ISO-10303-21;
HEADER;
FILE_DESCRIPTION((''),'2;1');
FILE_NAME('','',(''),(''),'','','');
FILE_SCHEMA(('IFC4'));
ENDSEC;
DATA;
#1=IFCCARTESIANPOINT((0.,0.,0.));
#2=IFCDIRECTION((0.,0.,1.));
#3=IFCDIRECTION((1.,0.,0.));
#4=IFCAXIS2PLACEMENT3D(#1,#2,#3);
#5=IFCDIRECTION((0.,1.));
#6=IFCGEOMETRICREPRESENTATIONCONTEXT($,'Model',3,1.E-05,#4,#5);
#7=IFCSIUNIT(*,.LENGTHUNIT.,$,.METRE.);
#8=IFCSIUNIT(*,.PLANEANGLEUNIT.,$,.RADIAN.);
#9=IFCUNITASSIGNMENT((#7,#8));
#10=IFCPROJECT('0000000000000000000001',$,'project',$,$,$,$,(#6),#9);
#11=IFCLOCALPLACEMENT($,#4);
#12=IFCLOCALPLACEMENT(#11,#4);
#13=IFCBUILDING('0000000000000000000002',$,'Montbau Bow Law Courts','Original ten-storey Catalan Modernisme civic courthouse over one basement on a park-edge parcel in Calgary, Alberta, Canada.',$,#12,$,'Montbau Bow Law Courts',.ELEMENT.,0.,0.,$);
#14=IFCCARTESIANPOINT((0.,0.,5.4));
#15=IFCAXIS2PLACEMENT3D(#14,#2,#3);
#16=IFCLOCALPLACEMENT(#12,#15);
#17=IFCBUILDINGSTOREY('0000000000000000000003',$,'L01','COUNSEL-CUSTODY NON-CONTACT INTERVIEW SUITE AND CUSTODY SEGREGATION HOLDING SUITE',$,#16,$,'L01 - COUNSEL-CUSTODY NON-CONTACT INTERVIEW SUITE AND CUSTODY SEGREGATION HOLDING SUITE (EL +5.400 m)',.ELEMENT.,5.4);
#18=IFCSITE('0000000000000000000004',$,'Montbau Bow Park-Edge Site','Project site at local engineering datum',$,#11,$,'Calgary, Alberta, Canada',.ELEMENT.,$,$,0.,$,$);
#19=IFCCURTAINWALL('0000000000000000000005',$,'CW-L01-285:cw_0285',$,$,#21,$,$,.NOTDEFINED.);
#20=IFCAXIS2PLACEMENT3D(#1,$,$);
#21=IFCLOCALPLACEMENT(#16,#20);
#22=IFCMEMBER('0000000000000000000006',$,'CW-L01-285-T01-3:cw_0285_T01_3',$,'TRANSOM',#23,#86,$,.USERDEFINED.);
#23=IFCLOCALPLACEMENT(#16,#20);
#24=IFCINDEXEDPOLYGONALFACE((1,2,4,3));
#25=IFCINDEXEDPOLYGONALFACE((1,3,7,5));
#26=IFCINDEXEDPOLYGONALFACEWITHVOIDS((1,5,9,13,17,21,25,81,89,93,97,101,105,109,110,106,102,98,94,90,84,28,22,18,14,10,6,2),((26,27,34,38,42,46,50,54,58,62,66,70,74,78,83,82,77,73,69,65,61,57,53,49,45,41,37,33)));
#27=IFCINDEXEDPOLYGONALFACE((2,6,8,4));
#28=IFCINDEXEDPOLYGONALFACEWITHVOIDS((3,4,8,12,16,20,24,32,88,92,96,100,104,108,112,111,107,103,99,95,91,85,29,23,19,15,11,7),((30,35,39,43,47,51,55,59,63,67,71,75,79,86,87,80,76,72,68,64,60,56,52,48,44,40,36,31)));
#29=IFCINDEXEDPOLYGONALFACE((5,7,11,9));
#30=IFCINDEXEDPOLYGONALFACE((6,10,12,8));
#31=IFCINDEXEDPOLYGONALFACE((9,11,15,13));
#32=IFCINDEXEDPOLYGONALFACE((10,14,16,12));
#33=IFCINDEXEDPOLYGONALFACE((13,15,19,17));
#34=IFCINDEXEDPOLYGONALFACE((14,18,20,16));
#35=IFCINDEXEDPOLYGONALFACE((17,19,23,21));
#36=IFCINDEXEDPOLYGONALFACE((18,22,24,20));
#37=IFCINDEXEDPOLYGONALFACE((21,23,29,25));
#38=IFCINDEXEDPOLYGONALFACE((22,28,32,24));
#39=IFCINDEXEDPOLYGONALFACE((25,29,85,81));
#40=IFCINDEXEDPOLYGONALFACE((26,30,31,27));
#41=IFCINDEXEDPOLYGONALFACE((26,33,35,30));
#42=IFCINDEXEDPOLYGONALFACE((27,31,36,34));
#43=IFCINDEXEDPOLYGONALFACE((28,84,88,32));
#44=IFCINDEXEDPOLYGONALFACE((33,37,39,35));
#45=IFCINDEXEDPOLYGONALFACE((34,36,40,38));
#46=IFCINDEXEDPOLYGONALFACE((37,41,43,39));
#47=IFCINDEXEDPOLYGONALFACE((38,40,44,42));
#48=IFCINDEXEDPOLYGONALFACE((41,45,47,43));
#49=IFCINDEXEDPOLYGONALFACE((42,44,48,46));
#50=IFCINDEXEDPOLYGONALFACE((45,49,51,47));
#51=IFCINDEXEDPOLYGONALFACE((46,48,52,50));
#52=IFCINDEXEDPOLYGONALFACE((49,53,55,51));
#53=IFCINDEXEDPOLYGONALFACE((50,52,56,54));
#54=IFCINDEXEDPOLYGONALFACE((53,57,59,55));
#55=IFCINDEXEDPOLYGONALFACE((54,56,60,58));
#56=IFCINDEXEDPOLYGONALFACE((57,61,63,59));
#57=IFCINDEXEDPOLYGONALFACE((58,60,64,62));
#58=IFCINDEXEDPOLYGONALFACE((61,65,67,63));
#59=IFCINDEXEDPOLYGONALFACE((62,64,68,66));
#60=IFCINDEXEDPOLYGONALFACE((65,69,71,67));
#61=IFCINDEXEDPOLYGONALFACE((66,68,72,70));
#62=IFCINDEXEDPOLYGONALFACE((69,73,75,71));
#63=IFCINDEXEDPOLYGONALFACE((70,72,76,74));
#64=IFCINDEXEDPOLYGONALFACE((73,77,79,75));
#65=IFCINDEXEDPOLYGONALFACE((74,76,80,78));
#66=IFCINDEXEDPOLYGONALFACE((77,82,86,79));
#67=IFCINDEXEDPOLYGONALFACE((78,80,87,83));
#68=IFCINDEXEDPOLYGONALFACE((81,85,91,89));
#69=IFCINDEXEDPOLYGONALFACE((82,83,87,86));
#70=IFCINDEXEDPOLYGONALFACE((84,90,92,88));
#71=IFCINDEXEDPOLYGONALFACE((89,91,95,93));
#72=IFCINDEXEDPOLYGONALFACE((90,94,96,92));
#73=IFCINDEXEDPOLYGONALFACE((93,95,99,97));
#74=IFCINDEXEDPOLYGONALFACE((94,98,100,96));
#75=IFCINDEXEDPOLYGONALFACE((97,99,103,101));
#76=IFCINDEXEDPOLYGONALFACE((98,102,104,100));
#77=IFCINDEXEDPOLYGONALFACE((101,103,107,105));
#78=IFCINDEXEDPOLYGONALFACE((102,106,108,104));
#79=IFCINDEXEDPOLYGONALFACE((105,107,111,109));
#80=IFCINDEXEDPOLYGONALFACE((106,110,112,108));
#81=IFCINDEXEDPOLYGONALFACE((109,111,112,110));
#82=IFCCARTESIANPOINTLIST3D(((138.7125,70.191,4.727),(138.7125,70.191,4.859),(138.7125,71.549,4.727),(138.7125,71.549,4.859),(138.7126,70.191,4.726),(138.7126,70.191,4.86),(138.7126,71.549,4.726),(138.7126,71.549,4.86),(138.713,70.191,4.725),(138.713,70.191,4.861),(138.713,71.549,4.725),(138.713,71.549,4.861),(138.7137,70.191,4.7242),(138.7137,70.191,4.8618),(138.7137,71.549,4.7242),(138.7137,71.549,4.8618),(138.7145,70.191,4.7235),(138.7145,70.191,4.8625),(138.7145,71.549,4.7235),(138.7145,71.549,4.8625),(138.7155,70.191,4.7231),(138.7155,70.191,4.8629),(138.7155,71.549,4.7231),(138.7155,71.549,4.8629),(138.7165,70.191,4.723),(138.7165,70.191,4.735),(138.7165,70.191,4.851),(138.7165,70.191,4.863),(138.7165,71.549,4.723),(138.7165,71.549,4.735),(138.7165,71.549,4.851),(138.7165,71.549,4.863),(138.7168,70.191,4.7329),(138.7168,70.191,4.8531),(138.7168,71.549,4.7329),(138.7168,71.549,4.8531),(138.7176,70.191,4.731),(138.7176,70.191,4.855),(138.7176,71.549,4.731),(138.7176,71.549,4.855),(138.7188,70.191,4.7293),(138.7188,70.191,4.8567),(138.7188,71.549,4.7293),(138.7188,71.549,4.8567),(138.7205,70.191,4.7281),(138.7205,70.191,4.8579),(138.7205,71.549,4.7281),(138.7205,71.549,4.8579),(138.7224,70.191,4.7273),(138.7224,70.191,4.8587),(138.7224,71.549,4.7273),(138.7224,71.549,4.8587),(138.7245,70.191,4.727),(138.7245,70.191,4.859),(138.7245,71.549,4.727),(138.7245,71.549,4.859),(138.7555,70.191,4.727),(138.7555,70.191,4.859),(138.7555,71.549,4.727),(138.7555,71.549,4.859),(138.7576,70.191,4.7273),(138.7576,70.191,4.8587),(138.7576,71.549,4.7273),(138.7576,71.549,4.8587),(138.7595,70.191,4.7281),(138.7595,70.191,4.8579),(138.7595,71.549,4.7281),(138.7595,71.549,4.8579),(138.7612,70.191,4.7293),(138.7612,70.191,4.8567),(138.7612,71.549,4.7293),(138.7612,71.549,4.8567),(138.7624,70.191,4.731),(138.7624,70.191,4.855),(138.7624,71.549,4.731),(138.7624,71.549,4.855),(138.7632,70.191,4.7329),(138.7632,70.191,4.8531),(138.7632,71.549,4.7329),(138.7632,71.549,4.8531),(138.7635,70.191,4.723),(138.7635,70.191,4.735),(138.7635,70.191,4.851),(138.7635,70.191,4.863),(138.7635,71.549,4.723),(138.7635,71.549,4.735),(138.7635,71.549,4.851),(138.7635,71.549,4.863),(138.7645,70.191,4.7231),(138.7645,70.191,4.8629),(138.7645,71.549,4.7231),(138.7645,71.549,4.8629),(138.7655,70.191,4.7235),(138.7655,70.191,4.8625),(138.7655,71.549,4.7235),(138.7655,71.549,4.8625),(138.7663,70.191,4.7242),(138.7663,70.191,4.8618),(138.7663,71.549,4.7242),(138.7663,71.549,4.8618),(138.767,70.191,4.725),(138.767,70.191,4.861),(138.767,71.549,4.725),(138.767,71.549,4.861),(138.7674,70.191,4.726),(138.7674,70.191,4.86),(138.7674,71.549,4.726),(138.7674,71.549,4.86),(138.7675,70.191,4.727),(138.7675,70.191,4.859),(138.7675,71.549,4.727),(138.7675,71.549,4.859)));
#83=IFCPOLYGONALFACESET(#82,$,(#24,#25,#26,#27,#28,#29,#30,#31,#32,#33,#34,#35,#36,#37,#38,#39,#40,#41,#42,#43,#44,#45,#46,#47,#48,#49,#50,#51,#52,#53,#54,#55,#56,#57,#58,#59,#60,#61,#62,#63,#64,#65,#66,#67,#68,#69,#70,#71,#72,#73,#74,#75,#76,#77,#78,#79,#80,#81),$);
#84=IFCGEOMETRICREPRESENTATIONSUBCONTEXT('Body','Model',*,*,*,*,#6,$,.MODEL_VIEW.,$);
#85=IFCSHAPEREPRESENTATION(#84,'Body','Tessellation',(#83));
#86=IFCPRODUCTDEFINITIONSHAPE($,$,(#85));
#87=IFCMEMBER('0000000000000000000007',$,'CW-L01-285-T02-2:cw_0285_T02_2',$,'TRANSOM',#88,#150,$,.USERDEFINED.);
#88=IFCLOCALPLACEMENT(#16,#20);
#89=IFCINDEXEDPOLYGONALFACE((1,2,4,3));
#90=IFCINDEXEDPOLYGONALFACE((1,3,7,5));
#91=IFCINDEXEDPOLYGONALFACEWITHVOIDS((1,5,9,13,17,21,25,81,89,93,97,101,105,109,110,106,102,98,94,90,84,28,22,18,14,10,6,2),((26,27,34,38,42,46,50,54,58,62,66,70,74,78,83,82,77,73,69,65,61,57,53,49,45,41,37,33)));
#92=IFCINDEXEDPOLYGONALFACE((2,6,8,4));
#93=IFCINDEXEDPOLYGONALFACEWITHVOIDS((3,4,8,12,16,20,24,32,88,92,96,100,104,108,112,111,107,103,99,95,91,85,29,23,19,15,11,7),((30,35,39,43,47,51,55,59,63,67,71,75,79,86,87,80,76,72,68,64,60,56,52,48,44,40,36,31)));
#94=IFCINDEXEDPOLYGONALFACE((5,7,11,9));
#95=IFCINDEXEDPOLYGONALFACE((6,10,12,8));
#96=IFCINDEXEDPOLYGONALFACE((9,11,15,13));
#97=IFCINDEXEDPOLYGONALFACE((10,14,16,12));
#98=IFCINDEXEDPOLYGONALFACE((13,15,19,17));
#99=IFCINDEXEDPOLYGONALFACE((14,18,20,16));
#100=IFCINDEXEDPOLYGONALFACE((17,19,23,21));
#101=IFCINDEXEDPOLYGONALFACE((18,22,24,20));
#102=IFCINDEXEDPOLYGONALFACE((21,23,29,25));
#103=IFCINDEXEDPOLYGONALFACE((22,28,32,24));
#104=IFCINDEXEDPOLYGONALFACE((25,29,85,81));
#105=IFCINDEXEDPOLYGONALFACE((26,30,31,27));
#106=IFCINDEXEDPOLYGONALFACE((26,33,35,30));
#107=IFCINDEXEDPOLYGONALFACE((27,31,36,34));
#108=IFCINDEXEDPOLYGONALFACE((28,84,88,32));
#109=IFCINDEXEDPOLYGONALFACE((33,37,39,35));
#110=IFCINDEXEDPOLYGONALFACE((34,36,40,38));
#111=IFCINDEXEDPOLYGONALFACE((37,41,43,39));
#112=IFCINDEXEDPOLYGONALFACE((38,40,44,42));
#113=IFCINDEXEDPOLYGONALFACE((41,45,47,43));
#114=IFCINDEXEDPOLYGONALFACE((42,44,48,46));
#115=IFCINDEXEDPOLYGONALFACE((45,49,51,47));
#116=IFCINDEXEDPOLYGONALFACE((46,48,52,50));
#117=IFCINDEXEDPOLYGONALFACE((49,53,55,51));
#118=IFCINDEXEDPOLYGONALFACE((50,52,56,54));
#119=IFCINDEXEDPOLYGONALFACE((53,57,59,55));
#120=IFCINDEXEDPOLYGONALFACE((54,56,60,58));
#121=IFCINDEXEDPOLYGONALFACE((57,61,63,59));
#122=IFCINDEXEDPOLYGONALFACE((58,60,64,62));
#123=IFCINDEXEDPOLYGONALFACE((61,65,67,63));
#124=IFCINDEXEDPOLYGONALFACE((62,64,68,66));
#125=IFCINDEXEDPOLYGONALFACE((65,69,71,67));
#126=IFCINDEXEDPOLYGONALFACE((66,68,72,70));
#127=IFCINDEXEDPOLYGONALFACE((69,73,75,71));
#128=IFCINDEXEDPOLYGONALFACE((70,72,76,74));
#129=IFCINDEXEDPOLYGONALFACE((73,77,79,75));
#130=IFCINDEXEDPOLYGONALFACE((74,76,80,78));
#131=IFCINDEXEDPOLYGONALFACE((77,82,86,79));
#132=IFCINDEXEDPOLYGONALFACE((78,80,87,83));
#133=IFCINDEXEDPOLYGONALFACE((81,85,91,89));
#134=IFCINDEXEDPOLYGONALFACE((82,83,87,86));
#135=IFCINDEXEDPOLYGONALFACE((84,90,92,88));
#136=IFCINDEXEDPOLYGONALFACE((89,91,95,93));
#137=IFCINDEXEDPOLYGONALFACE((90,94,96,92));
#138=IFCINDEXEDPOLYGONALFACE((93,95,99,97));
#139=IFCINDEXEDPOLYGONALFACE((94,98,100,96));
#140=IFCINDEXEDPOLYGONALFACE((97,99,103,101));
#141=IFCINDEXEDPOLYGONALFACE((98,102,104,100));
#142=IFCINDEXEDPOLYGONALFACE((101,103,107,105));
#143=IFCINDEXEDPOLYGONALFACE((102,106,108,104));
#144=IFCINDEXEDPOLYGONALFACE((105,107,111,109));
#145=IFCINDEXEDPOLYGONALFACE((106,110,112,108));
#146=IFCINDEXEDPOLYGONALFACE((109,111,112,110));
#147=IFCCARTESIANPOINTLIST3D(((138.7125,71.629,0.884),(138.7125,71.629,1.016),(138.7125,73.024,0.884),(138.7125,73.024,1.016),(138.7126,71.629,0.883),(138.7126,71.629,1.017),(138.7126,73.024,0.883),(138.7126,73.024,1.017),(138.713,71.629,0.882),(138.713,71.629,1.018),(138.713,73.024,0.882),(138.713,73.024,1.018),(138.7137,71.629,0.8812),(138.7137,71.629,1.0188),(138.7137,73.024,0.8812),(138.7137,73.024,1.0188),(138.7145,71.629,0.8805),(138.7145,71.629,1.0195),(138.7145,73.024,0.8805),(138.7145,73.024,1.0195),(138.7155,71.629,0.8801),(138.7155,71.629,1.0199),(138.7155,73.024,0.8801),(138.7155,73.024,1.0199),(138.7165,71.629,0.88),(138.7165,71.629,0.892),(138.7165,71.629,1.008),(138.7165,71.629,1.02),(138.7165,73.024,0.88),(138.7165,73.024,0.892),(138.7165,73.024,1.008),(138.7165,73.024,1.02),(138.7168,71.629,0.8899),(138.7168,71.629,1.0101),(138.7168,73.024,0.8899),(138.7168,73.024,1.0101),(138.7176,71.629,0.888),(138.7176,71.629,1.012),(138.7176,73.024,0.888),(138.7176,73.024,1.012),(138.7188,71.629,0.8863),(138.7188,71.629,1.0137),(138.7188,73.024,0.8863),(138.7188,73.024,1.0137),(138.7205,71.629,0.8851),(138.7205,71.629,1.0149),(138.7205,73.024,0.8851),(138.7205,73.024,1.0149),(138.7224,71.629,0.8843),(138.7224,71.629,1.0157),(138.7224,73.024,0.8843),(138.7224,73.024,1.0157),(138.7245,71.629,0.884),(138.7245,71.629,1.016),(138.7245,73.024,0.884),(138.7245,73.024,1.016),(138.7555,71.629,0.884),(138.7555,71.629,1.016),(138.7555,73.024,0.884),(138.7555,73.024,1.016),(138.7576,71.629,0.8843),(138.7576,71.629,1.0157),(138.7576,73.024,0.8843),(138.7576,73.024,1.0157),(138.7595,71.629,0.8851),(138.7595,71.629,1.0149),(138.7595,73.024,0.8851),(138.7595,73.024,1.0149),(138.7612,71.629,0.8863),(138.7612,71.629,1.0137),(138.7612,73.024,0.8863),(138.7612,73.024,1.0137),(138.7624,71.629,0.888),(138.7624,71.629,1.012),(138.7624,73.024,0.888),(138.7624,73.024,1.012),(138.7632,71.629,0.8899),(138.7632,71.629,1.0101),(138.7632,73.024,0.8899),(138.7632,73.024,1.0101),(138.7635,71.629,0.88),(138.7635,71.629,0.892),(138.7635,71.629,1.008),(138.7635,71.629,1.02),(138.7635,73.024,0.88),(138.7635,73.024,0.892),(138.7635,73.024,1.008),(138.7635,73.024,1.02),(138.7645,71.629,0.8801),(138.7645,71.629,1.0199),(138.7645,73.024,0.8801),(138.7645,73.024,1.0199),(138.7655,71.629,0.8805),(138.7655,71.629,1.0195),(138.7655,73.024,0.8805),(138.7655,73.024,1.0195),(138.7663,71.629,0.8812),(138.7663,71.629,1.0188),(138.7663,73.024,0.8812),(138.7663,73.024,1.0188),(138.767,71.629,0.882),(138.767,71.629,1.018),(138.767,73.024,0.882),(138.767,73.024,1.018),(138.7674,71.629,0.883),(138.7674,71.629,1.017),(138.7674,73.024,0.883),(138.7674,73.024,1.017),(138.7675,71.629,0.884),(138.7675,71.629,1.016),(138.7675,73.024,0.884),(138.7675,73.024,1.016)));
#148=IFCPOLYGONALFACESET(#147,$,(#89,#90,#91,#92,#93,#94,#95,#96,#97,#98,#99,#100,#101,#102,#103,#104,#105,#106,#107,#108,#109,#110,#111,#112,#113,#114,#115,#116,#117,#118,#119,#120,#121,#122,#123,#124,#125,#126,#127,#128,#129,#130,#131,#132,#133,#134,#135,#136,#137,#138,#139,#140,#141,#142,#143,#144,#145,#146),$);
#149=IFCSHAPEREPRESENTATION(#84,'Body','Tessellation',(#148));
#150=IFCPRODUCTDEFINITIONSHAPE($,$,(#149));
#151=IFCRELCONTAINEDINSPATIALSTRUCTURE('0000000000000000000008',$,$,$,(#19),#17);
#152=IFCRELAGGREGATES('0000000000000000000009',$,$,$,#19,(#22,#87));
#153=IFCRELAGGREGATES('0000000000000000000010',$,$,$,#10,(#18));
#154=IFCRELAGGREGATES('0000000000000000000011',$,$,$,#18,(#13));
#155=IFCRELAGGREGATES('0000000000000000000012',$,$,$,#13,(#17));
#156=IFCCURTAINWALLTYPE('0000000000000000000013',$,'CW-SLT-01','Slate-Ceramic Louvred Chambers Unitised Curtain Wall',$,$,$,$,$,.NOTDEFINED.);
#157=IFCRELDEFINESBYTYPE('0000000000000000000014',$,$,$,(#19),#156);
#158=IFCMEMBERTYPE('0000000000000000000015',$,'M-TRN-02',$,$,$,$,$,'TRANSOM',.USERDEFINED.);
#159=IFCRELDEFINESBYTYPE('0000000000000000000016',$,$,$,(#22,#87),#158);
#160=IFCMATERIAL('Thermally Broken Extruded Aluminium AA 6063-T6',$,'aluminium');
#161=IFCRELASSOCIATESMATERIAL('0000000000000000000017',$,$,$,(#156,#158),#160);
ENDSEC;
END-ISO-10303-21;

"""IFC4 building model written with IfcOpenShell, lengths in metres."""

from ifc_helpers import new_model, si_unit, direction, frame, origin_with_axes, origin_2d_with_axis, place, context, subcontext, project, spatial, hollow_rectangle, extrude, material, material_profile, profile_set, type_object, element, aggregate, save


model = new_model("IFC4")

# Units and contexts
model_context = context("Model", 3, precision=1e-05, world=origin_with_axes(), true_north=direction((0.0, 1.0)))
body_context = subcontext(model_context, "Body", "Model", "MODEL_VIEW")
ifc_project = project(units=[si_unit("LENGTHUNIT", "METRE"), si_unit("PLANEANGLEUNIT", "RADIAN")], contexts=[model_context])

# Site, building, storey
site_placement = place(None, origin_with_axes())
site = spatial("IfcSite", under=ifc_project, at=site_placement, Name="Montbau Bow Park-Edge Site", Description="Project site at local engineering datum", LongName="Calgary, Alberta, Canada", CompositionType="ELEMENT", RefElevation=0.0)
building_placement = place(site_placement, origin_with_axes())
building = spatial("IfcBuilding", under=site, at=building_placement, Name="Montbau Bow Law Courts", Description="Original ten-storey Catalan Modernisme civic courthouse over one basement on a park-edge parcel in Calgary, Alberta, Canada.", LongName="Montbau Bow Law Courts", CompositionType="ELEMENT", ElevationOfRefHeight=0.0, ElevationOfTerrain=0.0)
storey_placement = place(building_placement, frame((0.0, 0.0, 5.4), z_axis=(0.0, 0.0, 1.0), x_axis=(1.0, 0.0, 0.0)))
storey = spatial("IfcBuildingStorey", under=building, at=storey_placement, Name="L01", Description="COUNSEL-CUSTODY NON-CONTACT INTERVIEW SUITE AND CUSTODY SEGREGATION HOLDING SUITE", LongName="L01 - COUNSEL-CUSTODY NON-CONTACT INTERVIEW SUITE AND CUSTODY SEGREGATION HOLDING SUITE (EL +5.400 m)", CompositionType="ELEMENT", Elevation=5.4)

# Curtain wall, members
ifc_material_1 = material(Name="Thermally Broken Extruded Aluminium AA 6063-T6", Category="aluminium")
curtain_wall_type = type_object("IfcCurtainWallType", Name="CW-SLT-01", Description="Slate-Ceramic Louvred Chambers Unitised Curtain Wall", PredefinedType="NOTDEFINED", material=ifc_material_1)
ifc_material_profile = material_profile(ifc_material_1, hollow_rectangle(XDim=0.055, YDim=0.14, WallThickness=0.004, InnerFilletRadius=0.008, OuterFilletRadius=0.004, at=origin_2d_with_axis()), Name="CWT-140X55", Category="Main", Priority=0)
ifc_profile_set = profile_set([ifc_material_profile], Name="Thermally Broken Extruded Aluminium AA 6063-T6")
member_type = type_object("IfcMemberType", Name="M-TRN-02", ElementType="TRANSOM", PredefinedType="USERDEFINED", material=ifc_profile_set)
curtain_wall_1_placement = place(None, frame((138.74, 70.115, 5.4), z_axis=(0.0, 0.0, 1.0), x_axis=(1.0, 0.0, 0.0)))
curtain_wall_1 = element("IfcCurtainWall", 1, at=curtain_wall_1_placement, inside=storey, type_object=curtain_wall_type, Name="CW-L01-285:cw_0285", PredefinedType="NOTDEFINED")
member_1_placement = place(None, frame((138.74, 70.191, 10.193), z_axis=(0.0, 1.0, 0.0), x_axis=(-1.0, 0.0, 0.0)))
member_1 = element("IfcMember", 2, at=member_1_placement, type_object=member_type, Name="CW-L01-285-T01-3:cw_0285_T01_3", ObjectType="TRANSOM", PredefinedType="USERDEFINED", context=body_context, shape_type="SweptSolid", body=[
    extrude(hollow_rectangle(XDim=0.055, YDim=0.14, WallThickness=0.004, InnerFilletRadius=0.008, OuterFilletRadius=0.004, at=origin_2d_with_axis()), origin_with_axes(), (0.0, 0.0, 1.0), 1.358),
])
member_2_placement = place(None, frame((138.74, 71.629, 6.35), z_axis=(0.0, 1.0, 0.0), x_axis=(-1.0, 0.0, 0.0)))
member_2 = element("IfcMember", 3, at=member_2_placement, type_object=member_type, Name="CW-L01-285-T02-2:cw_0285_T02_2", ObjectType="TRANSOM", PredefinedType="USERDEFINED", context=body_context, shape_type="SweptSolid", body=[
    extrude(hollow_rectangle(XDim=0.055, YDim=0.14, WallThickness=0.004, InnerFilletRadius=0.008, OuterFilletRadius=0.004, at=origin_2d_with_axis()), origin_with_axes(), (0.0, 0.0, 1.0), 1.395),
])

aggregate(curtain_wall_1, [member_1, member_2])

save(model, "model.ifc")
